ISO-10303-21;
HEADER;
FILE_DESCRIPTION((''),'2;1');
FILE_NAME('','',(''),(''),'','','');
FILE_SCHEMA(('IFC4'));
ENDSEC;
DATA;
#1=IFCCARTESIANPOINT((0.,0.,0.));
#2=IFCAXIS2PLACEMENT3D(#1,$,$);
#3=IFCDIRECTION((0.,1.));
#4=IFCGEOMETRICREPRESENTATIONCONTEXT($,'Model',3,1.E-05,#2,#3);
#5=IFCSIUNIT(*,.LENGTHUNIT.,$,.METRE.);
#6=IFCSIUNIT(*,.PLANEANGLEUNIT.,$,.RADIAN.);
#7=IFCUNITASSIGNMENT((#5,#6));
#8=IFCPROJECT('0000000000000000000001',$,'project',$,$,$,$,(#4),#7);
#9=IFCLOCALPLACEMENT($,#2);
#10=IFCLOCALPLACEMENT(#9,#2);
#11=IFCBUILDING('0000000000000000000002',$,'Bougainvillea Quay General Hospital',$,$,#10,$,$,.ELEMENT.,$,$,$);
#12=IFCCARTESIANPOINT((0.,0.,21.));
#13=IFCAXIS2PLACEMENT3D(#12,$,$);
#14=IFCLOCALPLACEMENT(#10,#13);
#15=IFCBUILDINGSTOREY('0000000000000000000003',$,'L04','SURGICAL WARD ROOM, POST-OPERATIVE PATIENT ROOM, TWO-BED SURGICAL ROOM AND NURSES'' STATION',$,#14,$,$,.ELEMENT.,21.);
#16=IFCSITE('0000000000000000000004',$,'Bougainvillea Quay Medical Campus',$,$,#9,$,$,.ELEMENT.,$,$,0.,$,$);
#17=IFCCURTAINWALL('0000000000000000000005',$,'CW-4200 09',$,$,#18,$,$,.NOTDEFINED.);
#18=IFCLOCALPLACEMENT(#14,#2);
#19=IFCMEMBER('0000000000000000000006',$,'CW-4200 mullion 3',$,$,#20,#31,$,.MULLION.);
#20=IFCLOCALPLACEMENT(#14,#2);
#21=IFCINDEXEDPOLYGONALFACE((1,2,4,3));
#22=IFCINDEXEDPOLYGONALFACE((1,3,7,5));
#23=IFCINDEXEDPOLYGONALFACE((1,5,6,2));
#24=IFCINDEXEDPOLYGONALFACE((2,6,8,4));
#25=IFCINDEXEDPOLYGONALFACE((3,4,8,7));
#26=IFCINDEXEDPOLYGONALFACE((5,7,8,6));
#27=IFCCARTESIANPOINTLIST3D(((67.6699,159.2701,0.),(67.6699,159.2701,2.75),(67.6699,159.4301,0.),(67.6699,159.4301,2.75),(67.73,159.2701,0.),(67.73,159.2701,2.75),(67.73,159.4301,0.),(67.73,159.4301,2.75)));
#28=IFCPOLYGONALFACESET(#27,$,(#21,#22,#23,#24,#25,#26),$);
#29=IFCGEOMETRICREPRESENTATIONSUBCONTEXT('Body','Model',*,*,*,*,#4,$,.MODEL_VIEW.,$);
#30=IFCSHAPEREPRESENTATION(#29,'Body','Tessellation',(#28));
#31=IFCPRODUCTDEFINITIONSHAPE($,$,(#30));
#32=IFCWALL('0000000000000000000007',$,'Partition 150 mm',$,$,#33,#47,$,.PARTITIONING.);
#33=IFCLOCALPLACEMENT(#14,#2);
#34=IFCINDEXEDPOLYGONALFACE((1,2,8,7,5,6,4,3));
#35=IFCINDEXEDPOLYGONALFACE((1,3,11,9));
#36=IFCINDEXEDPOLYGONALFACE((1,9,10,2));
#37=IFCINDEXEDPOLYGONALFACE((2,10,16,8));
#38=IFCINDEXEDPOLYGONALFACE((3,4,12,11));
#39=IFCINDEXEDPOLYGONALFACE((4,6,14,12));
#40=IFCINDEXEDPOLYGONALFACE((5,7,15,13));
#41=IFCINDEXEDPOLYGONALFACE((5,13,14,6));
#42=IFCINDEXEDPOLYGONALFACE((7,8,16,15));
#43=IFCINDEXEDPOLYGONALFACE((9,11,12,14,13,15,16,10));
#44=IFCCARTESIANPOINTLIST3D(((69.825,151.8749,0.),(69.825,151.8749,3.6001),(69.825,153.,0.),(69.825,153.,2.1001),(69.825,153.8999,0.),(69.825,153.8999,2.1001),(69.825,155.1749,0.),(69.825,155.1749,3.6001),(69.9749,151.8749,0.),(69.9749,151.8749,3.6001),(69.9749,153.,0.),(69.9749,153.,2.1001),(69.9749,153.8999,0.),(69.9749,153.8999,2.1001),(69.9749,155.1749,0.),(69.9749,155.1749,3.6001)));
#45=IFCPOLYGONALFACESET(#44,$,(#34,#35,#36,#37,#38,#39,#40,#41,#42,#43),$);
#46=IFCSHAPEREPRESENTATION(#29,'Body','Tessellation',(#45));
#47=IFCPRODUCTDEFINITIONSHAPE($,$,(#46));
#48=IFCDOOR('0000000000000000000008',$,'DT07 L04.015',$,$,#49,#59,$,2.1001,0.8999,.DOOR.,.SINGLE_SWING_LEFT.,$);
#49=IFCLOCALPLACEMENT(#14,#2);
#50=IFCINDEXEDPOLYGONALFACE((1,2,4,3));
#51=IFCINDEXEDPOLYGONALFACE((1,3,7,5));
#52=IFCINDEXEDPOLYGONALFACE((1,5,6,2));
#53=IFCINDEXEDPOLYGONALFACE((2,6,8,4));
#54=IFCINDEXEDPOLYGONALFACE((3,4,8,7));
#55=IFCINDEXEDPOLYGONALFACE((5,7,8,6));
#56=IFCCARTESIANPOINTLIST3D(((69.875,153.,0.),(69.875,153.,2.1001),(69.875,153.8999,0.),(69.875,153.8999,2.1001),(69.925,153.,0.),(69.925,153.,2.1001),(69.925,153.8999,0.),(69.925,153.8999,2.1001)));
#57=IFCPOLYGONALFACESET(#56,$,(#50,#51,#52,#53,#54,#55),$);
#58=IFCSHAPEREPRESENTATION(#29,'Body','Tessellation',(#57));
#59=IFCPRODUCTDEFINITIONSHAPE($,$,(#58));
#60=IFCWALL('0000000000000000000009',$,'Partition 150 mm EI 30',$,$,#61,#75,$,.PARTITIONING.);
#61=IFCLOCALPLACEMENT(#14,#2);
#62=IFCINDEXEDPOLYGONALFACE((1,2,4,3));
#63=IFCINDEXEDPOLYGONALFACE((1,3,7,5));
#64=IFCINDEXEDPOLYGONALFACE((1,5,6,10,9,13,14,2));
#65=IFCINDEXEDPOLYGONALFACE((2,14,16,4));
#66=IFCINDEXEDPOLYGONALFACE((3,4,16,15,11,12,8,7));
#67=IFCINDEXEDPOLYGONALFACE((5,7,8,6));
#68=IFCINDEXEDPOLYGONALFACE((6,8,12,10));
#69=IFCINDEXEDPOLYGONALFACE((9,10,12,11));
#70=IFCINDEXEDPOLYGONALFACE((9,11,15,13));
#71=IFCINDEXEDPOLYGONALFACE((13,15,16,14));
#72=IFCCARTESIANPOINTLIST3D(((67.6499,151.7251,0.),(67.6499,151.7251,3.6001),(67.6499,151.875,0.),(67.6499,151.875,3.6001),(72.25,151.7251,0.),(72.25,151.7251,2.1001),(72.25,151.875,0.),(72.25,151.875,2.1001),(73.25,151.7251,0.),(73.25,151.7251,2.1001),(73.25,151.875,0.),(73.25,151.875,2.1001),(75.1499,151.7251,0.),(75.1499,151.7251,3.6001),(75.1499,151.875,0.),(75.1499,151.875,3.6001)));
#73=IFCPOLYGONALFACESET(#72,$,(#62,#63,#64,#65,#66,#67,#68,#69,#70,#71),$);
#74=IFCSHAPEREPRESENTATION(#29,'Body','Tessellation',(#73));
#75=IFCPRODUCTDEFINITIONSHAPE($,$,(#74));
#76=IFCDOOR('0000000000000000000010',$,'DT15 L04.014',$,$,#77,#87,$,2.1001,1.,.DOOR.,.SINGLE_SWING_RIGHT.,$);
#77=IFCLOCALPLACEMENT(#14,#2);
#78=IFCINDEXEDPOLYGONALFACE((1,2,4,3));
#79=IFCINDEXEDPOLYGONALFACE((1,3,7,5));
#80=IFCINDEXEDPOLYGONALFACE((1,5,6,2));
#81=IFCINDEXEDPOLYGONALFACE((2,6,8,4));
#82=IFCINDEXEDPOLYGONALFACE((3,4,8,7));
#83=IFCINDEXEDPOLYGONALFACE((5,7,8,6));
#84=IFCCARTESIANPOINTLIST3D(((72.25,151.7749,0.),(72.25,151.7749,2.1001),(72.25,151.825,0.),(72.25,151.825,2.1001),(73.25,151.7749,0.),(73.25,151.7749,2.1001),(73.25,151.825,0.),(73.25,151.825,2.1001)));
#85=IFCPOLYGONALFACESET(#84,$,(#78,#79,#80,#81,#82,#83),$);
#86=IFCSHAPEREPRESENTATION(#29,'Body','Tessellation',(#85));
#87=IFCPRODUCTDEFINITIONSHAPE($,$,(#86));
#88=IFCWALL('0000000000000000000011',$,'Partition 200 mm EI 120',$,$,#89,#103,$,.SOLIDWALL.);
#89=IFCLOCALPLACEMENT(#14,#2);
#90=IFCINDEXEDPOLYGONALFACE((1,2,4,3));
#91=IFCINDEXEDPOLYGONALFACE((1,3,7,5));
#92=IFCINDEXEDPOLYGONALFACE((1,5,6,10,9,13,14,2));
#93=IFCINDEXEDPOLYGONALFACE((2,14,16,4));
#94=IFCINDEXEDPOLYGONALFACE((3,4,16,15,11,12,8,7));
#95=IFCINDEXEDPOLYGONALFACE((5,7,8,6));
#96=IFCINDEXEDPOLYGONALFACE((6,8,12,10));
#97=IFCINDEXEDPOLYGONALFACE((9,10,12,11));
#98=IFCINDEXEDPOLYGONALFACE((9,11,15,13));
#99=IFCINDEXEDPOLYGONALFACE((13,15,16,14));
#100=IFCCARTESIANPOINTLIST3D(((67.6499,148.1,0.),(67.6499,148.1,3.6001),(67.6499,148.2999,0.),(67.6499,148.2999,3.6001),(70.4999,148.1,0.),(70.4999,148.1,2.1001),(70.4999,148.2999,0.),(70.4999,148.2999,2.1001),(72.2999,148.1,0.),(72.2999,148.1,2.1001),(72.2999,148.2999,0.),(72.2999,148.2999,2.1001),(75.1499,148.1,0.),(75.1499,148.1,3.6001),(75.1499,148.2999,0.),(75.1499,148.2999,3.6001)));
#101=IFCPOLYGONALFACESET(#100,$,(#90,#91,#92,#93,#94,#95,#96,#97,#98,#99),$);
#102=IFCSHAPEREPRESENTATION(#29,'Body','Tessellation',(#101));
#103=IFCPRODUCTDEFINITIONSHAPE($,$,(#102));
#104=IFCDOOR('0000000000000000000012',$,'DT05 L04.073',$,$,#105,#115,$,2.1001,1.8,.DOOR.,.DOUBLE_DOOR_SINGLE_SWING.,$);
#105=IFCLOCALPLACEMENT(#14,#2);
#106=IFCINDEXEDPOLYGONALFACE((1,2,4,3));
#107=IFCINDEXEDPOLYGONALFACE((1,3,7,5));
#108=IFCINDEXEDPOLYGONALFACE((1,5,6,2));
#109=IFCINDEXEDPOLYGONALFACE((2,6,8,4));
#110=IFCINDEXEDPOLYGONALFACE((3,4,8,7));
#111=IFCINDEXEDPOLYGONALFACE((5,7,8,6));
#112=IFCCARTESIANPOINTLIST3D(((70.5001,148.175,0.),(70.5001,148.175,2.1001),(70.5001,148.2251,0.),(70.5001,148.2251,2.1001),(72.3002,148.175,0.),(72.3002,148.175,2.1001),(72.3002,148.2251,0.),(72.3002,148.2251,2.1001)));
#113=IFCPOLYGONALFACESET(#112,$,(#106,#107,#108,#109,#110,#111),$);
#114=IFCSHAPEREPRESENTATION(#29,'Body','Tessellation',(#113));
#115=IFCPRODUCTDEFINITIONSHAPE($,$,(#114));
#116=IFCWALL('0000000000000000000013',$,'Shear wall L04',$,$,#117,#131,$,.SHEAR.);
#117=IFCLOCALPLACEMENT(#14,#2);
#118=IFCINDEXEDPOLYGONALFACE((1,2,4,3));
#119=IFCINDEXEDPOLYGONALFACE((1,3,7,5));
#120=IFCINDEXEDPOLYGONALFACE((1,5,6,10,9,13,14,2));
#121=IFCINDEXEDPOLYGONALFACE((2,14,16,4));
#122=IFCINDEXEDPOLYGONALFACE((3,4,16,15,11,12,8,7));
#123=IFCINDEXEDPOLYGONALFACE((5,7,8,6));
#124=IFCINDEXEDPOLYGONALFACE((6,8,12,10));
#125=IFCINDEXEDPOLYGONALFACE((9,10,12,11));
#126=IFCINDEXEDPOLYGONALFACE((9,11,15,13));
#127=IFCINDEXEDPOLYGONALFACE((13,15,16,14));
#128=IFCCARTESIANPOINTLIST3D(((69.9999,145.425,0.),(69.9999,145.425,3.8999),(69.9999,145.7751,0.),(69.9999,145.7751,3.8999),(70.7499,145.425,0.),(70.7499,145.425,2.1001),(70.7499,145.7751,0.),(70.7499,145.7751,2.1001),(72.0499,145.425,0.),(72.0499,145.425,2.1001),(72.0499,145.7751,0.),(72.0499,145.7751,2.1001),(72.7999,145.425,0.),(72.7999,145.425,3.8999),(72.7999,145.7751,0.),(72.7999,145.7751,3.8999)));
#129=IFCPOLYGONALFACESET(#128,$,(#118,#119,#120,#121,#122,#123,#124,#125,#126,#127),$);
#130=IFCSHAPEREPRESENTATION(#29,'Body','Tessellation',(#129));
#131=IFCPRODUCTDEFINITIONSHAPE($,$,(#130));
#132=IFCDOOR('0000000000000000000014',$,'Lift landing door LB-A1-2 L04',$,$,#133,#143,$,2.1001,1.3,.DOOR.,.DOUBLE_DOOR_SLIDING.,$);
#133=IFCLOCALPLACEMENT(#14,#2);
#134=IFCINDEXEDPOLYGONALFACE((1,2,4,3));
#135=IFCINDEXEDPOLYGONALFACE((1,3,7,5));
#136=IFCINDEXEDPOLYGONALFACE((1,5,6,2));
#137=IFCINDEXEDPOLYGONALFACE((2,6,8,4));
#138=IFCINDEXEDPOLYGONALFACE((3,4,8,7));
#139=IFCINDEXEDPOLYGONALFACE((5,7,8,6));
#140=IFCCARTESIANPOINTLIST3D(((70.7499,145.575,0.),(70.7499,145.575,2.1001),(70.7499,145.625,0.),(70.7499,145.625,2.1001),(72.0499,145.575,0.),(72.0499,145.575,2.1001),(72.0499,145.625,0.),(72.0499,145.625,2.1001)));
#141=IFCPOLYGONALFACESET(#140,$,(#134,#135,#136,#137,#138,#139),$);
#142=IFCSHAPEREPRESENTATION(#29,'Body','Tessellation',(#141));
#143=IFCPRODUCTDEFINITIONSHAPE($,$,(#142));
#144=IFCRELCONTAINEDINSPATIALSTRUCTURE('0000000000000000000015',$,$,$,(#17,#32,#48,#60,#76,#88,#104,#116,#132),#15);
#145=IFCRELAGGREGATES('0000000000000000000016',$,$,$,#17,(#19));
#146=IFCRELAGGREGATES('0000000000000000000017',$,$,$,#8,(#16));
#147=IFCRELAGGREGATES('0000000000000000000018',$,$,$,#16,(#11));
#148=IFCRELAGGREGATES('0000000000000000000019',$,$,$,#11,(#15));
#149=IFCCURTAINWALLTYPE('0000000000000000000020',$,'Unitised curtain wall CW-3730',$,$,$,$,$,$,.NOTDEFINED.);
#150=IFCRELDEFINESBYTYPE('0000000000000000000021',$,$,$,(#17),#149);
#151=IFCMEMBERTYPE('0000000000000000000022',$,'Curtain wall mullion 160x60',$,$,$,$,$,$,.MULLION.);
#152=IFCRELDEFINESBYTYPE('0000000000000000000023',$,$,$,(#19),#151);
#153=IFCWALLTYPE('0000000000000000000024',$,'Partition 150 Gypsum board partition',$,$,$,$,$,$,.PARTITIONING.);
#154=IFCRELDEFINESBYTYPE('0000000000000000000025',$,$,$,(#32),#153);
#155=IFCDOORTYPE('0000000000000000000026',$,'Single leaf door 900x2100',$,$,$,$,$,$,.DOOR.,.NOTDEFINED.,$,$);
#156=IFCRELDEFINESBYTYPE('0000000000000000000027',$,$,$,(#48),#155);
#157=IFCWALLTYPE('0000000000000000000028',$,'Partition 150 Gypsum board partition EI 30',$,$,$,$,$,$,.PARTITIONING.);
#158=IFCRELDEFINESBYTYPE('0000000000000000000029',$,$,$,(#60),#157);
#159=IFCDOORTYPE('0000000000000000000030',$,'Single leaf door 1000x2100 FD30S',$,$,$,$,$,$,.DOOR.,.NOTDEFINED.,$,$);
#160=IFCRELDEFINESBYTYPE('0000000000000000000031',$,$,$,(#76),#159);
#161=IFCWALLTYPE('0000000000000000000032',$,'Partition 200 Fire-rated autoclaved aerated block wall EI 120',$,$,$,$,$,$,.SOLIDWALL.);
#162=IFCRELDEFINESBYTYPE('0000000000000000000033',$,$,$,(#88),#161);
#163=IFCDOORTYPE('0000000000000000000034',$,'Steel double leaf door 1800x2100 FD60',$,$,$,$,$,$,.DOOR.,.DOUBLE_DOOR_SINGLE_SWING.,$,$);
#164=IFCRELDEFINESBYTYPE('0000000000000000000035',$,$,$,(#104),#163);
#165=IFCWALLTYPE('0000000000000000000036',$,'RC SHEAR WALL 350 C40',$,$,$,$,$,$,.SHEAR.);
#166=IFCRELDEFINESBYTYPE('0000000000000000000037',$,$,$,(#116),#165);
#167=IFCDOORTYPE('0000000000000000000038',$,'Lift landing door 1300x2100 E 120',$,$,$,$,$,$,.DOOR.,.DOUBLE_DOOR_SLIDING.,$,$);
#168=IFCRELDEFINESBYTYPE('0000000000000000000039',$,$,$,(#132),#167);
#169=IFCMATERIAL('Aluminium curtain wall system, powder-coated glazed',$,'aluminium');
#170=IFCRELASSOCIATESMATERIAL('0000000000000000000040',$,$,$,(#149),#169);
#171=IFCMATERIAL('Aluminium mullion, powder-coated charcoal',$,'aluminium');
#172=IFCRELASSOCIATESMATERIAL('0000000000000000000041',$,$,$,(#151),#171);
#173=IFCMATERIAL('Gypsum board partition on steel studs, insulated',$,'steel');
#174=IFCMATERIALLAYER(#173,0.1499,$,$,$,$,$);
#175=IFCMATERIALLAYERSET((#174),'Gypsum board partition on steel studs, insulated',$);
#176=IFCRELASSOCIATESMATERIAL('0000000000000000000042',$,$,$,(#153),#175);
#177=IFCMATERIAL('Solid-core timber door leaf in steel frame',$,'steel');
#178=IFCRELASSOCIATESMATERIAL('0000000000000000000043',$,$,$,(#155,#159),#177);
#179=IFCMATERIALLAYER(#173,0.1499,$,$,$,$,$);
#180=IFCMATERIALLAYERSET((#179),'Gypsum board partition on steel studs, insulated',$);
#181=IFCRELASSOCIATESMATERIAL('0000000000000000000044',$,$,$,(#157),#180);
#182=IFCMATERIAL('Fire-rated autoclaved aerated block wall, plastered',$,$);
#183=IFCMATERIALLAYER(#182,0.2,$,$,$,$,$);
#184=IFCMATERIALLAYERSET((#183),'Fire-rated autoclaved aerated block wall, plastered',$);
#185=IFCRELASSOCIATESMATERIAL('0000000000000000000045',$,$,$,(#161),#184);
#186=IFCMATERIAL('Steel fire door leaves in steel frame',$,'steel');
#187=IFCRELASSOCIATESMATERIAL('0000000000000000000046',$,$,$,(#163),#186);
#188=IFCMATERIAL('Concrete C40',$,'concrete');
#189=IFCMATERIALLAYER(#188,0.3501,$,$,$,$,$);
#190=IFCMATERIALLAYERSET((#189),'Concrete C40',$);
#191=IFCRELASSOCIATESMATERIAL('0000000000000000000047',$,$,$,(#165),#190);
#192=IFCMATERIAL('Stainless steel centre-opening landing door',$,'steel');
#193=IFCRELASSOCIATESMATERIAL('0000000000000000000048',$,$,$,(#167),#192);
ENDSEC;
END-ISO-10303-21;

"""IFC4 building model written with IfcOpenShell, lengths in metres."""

from ifc_helpers import new_model, si_unit, direction, frame, frame_2d, origin, origin_2d, place, context, subcontext, project, spatial, rectangle, extrude, material, layer, layer_set, material_profile, profile_set, type_object, element, fill, aggregate, save


model = new_model("IFC4")

# Units and contexts
model_context = context("Model", 3, precision=1e-05, world=origin(), true_north=direction((0.0, 1.0)))
body_context = subcontext(model_context, "Body", "Model", "MODEL_VIEW")
ifc_project = project(units=[si_unit("LENGTHUNIT", "METRE"), si_unit("PLANEANGLEUNIT", "RADIAN")], contexts=[model_context])

# Site, building, storey
site_placement = place(None, origin())
site = spatial("IfcSite", under=ifc_project, at=site_placement, Name="Bougainvillea Quay Medical Campus", CompositionType="ELEMENT", RefElevation=0.0)
building_placement = place(site_placement, origin())
building = spatial("IfcBuilding", under=site, at=building_placement, Name="Bougainvillea Quay General Hospital", CompositionType="ELEMENT")
storey_placement = place(building_placement, frame((0.0, 0.0, 21.0)))
storey = spatial("IfcBuildingStorey", under=building, at=storey_placement, Name="L04", Description="SURGICAL WARD ROOM, POST-OPERATIVE PATIENT ROOM, TWO-BED SURGICAL ROOM AND NURSES' STATION", CompositionType="ELEMENT", Elevation=21.0)

# Curtain wall, member
ifc_material_1 = material(Name="Aluminium curtain wall system, powder-coated glazed", Category="aluminium")
curtain_wall_type = type_object("IfcCurtainWallType", Name="Unitised curtain wall CW-3730", PredefinedType="NOTDEFINED", material=ifc_material_1)
curtain_wall_placement = place(storey_placement, origin())
curtain_wall = element("IfcCurtainWall", 1, at=curtain_wall_placement, inside=storey, type_object=curtain_wall_type, Name="CW-4200 09", PredefinedType="NOTDEFINED")
ifc_material_2 = material(Name="Aluminium mullion, powder-coated charcoal", Category="aluminium")
ifc_material_profile_1 = material_profile(ifc_material_2, rectangle(XDim=0.1599, YDim=0.0601, at=origin_2d()))
ifc_profile_set_1 = profile_set([ifc_material_profile_1], Name="Aluminium mullion, powder-coated charcoal")
member_type = type_object("IfcMemberType", Name="Curtain wall mullion 160x60", PredefinedType="MULLION", material=ifc_profile_set_1)
member_placement = place(storey_placement, frame((67.7, 159.3501, 0.0), z_axis=(0.0, 0.0, 1.0), x_axis=(0.0, -1.0, 0.0)))
member = element("IfcMember", 2, at=member_placement, type_object=member_type, Name="CW-4200 mullion 3", PredefinedType="MULLION", context=body_context, shape_type="SweptSolid", body=[
    extrude(rectangle(XDim=0.1599, YDim=0.0601, at=origin_2d()), origin(), (0.0, 0.0, 1.0), 2.75),
])
aggregate(curtain_wall, [member])

# Walls, openings, doors
ifc_material_3 = material(Name="Gypsum board partition on steel studs, insulated", Category="steel")
ifc_layer_1 = layer(ifc_material_3, 0.1499)
ifc_layer_set_1 = layer_set([ifc_layer_1], Name="Gypsum board partition on steel studs, insulated")
wall_type_1 = type_object("IfcWallType", Name="Partition 150 Gypsum board partition", PredefinedType="PARTITIONING", material=ifc_layer_set_1)
wall_1_placement = place(storey_placement, frame((69.8999, 151.875, 0.0), z_axis=(0.0, 0.0, 1.0), x_axis=(0.0, 1.0, 0.0)))
wall_1 = element("IfcWall", 3, at=wall_1_placement, inside=storey, type_object=wall_type_1, Name="Partition 150 mm", PredefinedType="PARTITIONING", context=body_context, shape_type="SweptSolid", body=[
    extrude(rectangle(XDim=3.3, YDim=0.1499, at=frame_2d((1.6499, 0.0))), origin(), (0.0, 0.0, 1.0), 3.6001),
])
opening_1_placement = place(wall_1_placement, frame((1.125, 0.0, 0.0)))
opening_1 = element("IfcOpeningElement", 4, at=opening_1_placement, cuts=wall_1, PredefinedType="OPENING", context=body_context, shape_type="SweptSolid", body=[
    extrude(rectangle(XDim=0.8999, YDim=2.1001, at=frame_2d((0.45, 1.05))), frame((0.0, 0.085, 0.0), z_axis=(0.0, -1.0, 0.0), x_axis=(1.0, 0.0, 0.0)), (0.0, 0.0, 1.0), 0.1699),
])
ifc_material_4 = material(Name="Solid-core timber door leaf in steel frame", Category="steel")
door_type_1 = type_object("IfcDoorType", Name="Single leaf door 900x2100", OperationType="NOTDEFINED", PredefinedType="DOOR", material=ifc_material_4)
door_1_placement = place(opening_1_placement, origin())
door_1 = element("IfcDoor", 5, at=door_1_placement, inside=storey, type_object=door_type_1, Name="DT07 L04.015", OperationType="SINGLE_SWING_LEFT", OverallHeight=2.1001, OverallWidth=0.8999, PredefinedType="DOOR", context=body_context, shape_type="SweptSolid", body=[
    extrude(rectangle(XDim=0.8999, YDim=2.1001, at=frame_2d((0.45, 1.05))), frame((0.0, 0.0249, 0.0), z_axis=(0.0, -1.0, 0.0), x_axis=(1.0, 0.0, 0.0)), (0.0, 0.0, 1.0), 0.05),
])
fill(opening_1, door_1)
ifc_layer_2 = layer(ifc_material_3, 0.1499)
ifc_layer_set_2 = layer_set([ifc_layer_2], Name="Gypsum board partition on steel studs, insulated")
wall_type_2 = type_object("IfcWallType", Name="Partition 150 Gypsum board partition EI 30", PredefinedType="PARTITIONING", material=ifc_layer_set_2)
wall_2_placement = place(storey_placement, frame((75.1499, 151.8, 0.0), z_axis=(0.0, 0.0, 1.0), x_axis=(-1.0, 0.0, 0.0)))
wall_2 = element("IfcWall", 6, at=wall_2_placement, inside=storey, type_object=wall_type_2, Name="Partition 150 mm EI 30", PredefinedType="PARTITIONING", context=body_context, shape_type="SweptSolid", body=[
    extrude(rectangle(XDim=7.5, YDim=0.1499, at=frame_2d((3.75, 0.0))), origin(), (0.0, 0.0, 1.0), 3.6001),
])
opening_2_placement = place(wall_2_placement, frame((1.8999, 0.0, 0.0)))
opening_2 = element("IfcOpeningElement", 7, at=opening_2_placement, cuts=wall_2, PredefinedType="OPENING", context=body_context, shape_type="SweptSolid", body=[
    extrude(rectangle(XDim=1.0, YDim=2.1001, at=frame_2d((0.5, 1.05))), frame((0.0, 0.085, 0.0), z_axis=(0.0, -1.0, 0.0), x_axis=(1.0, 0.0, 0.0)), (0.0, 0.0, 1.0), 0.1699),
])
door_type_2 = type_object("IfcDoorType", Name="Single leaf door 1000x2100 FD30S", OperationType="NOTDEFINED", PredefinedType="DOOR", material=ifc_material_4)
door_2_placement = place(opening_2_placement, frame((1.0, 0.0, 0.0), z_axis=(0.0, 0.0, 1.0), x_axis=(-1.0, 0.0, 0.0)))
door_2 = element("IfcDoor", 8, at=door_2_placement, inside=storey, type_object=door_type_2, Name="DT15 L04.014", OperationType="SINGLE_SWING_RIGHT", OverallHeight=2.1001, OverallWidth=1.0, PredefinedType="DOOR", context=body_context, shape_type="SweptSolid", body=[
    extrude(rectangle(XDim=1.0, YDim=2.1001, at=frame_2d((0.5, 1.05))), frame((0.0, 0.0249, 0.0), z_axis=(0.0, -1.0, 0.0), x_axis=(1.0, 0.0, 0.0)), (0.0, 0.0, 1.0), 0.05),
])
fill(opening_2, door_2)
ifc_material_5 = material(Name="Fire-rated autoclaved aerated block wall, plastered")
ifc_layer_3 = layer(ifc_material_5, 0.2)
ifc_layer_set_3 = layer_set([ifc_layer_3], Name="Fire-rated autoclaved aerated block wall, plastered")
wall_type_3 = type_object("IfcWallType", Name="Partition 200 Fire-rated autoclaved aerated block wall EI 120", PredefinedType="SOLIDWALL", material=ifc_layer_set_3)
wall_3_placement = place(storey_placement, frame((67.6499, 148.2, 0.0), z_axis=(0.0, 0.0, 1.0), x_axis=(1.0, 0.0, 0.0)))
wall_3 = element("IfcWall", 9, at=wall_3_placement, inside=storey, type_object=wall_type_3, Name="Partition 200 mm EI 120", PredefinedType="SOLIDWALL", context=body_context, shape_type="SweptSolid", body=[
    extrude(rectangle(XDim=7.5, YDim=0.2, at=frame_2d((3.75, 0.0))), origin(), (0.0, 0.0, 1.0), 3.6001),
])
opening_3_placement = place(wall_3_placement, frame((2.8501, 0.0, 0.0)))
opening_3 = element("IfcOpeningElement", 10, at=opening_3_placement, cuts=wall_3, PredefinedType="OPENING", context=body_context, shape_type="SweptSolid", body=[
    extrude(rectangle(XDim=1.8, YDim=2.1001, at=frame_2d((0.8999, 1.05))), frame((0.0, 0.1099, 0.0), z_axis=(0.0, -1.0, 0.0), x_axis=(1.0, 0.0, 0.0)), (0.0, 0.0, 1.0), 0.22),
])
ifc_material_6 = material(Name="Steel fire door leaves in steel frame", Category="steel")
door_type_3 = type_object("IfcDoorType", Name="Steel double leaf door 1800x2100 FD60", OperationType="DOUBLE_DOOR_SINGLE_SWING", PredefinedType="DOOR", material=ifc_material_6)
door_3_placement = place(opening_3_placement, frame((1.8, 0.0, 0.0), z_axis=(0.0, 0.0, 1.0), x_axis=(-1.0, 0.0, 0.0)))
door_3 = element("IfcDoor", 11, at=door_3_placement, inside=storey, type_object=door_type_3, Name="DT05 L04.073", OperationType="DOUBLE_DOOR_SINGLE_SWING", OverallHeight=2.1001, OverallWidth=1.8, PredefinedType="DOOR", context=body_context, shape_type="SweptSolid", body=[
    extrude(rectangle(XDim=1.8, YDim=2.1001, at=frame_2d((0.8999, 1.05))), frame((0.0, 0.0249, 0.0), z_axis=(0.0, -1.0, 0.0), x_axis=(1.0, 0.0, 0.0)), (0.0, 0.0, 1.0), 0.05),
])
fill(opening_3, door_3)
ifc_material_7 = material(Name="Concrete C40", Category="concrete")
ifc_layer_4 = layer(ifc_material_7, 0.3501)
ifc_layer_set_4 = layer_set([ifc_layer_4], Name="Concrete C40")
wall_type_4 = type_object("IfcWallType", Name="RC SHEAR WALL 350 C40", PredefinedType="SHEAR", material=ifc_layer_set_4)
wall_4_placement = place(storey_placement, frame((70.0, 145.6001, 0.0), z_axis=(0.0, 0.0, 1.0), x_axis=(1.0, 0.0, 0.0)))
wall_4 = element("IfcWall", 12, at=wall_4_placement, inside=storey, type_object=wall_type_4, Name="Shear wall L04", PredefinedType="SHEAR", context=body_context, shape_type="SweptSolid", body=[
    extrude(rectangle(XDim=2.8, YDim=0.3501, at=frame_2d((1.3999, 0.0))), origin(), (0.0, 0.0, 1.0), 3.8999),
])
opening_4_placement = place(wall_4_placement, frame((0.75, 0.0, 0.0)))
opening_4 = element("IfcOpeningElement", 13, at=opening_4_placement, cuts=wall_4, PredefinedType="OPENING", context=body_context, shape_type="SweptSolid", body=[
    extrude(rectangle(XDim=1.3, YDim=2.1001, at=frame_2d((0.6499, 1.05))), frame((0.0, 0.1851, 0.0), z_axis=(0.0, -1.0, 0.0), x_axis=(1.0, 0.0, 0.0)), (0.0, 0.0, 1.0), 0.3701),
])
ifc_material_8 = material(Name="Stainless steel centre-opening landing door", Category="steel")
door_type_4 = type_object("IfcDoorType", Name="Lift landing door 1300x2100 E 120", OperationType="DOUBLE_DOOR_SLIDING", PredefinedType="DOOR", material=ifc_material_8)
door_4_placement = place(opening_4_placement, origin())
door_4 = element("IfcDoor", 14, at=door_4_placement, inside=storey, type_object=door_type_4, Name="Lift landing door LB-A1-2 L04", OperationType="DOUBLE_DOOR_SLIDING", OverallHeight=2.1001, OverallWidth=1.3, PredefinedType="DOOR", context=body_context, shape_type="SweptSolid", body=[
    extrude(rectangle(XDim=1.3, YDim=2.1001, at=frame_2d((0.6499, 1.05))), frame((0.0, 0.0249, 0.0), z_axis=(0.0, -1.0, 0.0), x_axis=(1.0, 0.0, 0.0)), (0.0, 0.0, 1.0), 0.05),
])
fill(opening_4, door_4)

save(model, "model.ifc")
